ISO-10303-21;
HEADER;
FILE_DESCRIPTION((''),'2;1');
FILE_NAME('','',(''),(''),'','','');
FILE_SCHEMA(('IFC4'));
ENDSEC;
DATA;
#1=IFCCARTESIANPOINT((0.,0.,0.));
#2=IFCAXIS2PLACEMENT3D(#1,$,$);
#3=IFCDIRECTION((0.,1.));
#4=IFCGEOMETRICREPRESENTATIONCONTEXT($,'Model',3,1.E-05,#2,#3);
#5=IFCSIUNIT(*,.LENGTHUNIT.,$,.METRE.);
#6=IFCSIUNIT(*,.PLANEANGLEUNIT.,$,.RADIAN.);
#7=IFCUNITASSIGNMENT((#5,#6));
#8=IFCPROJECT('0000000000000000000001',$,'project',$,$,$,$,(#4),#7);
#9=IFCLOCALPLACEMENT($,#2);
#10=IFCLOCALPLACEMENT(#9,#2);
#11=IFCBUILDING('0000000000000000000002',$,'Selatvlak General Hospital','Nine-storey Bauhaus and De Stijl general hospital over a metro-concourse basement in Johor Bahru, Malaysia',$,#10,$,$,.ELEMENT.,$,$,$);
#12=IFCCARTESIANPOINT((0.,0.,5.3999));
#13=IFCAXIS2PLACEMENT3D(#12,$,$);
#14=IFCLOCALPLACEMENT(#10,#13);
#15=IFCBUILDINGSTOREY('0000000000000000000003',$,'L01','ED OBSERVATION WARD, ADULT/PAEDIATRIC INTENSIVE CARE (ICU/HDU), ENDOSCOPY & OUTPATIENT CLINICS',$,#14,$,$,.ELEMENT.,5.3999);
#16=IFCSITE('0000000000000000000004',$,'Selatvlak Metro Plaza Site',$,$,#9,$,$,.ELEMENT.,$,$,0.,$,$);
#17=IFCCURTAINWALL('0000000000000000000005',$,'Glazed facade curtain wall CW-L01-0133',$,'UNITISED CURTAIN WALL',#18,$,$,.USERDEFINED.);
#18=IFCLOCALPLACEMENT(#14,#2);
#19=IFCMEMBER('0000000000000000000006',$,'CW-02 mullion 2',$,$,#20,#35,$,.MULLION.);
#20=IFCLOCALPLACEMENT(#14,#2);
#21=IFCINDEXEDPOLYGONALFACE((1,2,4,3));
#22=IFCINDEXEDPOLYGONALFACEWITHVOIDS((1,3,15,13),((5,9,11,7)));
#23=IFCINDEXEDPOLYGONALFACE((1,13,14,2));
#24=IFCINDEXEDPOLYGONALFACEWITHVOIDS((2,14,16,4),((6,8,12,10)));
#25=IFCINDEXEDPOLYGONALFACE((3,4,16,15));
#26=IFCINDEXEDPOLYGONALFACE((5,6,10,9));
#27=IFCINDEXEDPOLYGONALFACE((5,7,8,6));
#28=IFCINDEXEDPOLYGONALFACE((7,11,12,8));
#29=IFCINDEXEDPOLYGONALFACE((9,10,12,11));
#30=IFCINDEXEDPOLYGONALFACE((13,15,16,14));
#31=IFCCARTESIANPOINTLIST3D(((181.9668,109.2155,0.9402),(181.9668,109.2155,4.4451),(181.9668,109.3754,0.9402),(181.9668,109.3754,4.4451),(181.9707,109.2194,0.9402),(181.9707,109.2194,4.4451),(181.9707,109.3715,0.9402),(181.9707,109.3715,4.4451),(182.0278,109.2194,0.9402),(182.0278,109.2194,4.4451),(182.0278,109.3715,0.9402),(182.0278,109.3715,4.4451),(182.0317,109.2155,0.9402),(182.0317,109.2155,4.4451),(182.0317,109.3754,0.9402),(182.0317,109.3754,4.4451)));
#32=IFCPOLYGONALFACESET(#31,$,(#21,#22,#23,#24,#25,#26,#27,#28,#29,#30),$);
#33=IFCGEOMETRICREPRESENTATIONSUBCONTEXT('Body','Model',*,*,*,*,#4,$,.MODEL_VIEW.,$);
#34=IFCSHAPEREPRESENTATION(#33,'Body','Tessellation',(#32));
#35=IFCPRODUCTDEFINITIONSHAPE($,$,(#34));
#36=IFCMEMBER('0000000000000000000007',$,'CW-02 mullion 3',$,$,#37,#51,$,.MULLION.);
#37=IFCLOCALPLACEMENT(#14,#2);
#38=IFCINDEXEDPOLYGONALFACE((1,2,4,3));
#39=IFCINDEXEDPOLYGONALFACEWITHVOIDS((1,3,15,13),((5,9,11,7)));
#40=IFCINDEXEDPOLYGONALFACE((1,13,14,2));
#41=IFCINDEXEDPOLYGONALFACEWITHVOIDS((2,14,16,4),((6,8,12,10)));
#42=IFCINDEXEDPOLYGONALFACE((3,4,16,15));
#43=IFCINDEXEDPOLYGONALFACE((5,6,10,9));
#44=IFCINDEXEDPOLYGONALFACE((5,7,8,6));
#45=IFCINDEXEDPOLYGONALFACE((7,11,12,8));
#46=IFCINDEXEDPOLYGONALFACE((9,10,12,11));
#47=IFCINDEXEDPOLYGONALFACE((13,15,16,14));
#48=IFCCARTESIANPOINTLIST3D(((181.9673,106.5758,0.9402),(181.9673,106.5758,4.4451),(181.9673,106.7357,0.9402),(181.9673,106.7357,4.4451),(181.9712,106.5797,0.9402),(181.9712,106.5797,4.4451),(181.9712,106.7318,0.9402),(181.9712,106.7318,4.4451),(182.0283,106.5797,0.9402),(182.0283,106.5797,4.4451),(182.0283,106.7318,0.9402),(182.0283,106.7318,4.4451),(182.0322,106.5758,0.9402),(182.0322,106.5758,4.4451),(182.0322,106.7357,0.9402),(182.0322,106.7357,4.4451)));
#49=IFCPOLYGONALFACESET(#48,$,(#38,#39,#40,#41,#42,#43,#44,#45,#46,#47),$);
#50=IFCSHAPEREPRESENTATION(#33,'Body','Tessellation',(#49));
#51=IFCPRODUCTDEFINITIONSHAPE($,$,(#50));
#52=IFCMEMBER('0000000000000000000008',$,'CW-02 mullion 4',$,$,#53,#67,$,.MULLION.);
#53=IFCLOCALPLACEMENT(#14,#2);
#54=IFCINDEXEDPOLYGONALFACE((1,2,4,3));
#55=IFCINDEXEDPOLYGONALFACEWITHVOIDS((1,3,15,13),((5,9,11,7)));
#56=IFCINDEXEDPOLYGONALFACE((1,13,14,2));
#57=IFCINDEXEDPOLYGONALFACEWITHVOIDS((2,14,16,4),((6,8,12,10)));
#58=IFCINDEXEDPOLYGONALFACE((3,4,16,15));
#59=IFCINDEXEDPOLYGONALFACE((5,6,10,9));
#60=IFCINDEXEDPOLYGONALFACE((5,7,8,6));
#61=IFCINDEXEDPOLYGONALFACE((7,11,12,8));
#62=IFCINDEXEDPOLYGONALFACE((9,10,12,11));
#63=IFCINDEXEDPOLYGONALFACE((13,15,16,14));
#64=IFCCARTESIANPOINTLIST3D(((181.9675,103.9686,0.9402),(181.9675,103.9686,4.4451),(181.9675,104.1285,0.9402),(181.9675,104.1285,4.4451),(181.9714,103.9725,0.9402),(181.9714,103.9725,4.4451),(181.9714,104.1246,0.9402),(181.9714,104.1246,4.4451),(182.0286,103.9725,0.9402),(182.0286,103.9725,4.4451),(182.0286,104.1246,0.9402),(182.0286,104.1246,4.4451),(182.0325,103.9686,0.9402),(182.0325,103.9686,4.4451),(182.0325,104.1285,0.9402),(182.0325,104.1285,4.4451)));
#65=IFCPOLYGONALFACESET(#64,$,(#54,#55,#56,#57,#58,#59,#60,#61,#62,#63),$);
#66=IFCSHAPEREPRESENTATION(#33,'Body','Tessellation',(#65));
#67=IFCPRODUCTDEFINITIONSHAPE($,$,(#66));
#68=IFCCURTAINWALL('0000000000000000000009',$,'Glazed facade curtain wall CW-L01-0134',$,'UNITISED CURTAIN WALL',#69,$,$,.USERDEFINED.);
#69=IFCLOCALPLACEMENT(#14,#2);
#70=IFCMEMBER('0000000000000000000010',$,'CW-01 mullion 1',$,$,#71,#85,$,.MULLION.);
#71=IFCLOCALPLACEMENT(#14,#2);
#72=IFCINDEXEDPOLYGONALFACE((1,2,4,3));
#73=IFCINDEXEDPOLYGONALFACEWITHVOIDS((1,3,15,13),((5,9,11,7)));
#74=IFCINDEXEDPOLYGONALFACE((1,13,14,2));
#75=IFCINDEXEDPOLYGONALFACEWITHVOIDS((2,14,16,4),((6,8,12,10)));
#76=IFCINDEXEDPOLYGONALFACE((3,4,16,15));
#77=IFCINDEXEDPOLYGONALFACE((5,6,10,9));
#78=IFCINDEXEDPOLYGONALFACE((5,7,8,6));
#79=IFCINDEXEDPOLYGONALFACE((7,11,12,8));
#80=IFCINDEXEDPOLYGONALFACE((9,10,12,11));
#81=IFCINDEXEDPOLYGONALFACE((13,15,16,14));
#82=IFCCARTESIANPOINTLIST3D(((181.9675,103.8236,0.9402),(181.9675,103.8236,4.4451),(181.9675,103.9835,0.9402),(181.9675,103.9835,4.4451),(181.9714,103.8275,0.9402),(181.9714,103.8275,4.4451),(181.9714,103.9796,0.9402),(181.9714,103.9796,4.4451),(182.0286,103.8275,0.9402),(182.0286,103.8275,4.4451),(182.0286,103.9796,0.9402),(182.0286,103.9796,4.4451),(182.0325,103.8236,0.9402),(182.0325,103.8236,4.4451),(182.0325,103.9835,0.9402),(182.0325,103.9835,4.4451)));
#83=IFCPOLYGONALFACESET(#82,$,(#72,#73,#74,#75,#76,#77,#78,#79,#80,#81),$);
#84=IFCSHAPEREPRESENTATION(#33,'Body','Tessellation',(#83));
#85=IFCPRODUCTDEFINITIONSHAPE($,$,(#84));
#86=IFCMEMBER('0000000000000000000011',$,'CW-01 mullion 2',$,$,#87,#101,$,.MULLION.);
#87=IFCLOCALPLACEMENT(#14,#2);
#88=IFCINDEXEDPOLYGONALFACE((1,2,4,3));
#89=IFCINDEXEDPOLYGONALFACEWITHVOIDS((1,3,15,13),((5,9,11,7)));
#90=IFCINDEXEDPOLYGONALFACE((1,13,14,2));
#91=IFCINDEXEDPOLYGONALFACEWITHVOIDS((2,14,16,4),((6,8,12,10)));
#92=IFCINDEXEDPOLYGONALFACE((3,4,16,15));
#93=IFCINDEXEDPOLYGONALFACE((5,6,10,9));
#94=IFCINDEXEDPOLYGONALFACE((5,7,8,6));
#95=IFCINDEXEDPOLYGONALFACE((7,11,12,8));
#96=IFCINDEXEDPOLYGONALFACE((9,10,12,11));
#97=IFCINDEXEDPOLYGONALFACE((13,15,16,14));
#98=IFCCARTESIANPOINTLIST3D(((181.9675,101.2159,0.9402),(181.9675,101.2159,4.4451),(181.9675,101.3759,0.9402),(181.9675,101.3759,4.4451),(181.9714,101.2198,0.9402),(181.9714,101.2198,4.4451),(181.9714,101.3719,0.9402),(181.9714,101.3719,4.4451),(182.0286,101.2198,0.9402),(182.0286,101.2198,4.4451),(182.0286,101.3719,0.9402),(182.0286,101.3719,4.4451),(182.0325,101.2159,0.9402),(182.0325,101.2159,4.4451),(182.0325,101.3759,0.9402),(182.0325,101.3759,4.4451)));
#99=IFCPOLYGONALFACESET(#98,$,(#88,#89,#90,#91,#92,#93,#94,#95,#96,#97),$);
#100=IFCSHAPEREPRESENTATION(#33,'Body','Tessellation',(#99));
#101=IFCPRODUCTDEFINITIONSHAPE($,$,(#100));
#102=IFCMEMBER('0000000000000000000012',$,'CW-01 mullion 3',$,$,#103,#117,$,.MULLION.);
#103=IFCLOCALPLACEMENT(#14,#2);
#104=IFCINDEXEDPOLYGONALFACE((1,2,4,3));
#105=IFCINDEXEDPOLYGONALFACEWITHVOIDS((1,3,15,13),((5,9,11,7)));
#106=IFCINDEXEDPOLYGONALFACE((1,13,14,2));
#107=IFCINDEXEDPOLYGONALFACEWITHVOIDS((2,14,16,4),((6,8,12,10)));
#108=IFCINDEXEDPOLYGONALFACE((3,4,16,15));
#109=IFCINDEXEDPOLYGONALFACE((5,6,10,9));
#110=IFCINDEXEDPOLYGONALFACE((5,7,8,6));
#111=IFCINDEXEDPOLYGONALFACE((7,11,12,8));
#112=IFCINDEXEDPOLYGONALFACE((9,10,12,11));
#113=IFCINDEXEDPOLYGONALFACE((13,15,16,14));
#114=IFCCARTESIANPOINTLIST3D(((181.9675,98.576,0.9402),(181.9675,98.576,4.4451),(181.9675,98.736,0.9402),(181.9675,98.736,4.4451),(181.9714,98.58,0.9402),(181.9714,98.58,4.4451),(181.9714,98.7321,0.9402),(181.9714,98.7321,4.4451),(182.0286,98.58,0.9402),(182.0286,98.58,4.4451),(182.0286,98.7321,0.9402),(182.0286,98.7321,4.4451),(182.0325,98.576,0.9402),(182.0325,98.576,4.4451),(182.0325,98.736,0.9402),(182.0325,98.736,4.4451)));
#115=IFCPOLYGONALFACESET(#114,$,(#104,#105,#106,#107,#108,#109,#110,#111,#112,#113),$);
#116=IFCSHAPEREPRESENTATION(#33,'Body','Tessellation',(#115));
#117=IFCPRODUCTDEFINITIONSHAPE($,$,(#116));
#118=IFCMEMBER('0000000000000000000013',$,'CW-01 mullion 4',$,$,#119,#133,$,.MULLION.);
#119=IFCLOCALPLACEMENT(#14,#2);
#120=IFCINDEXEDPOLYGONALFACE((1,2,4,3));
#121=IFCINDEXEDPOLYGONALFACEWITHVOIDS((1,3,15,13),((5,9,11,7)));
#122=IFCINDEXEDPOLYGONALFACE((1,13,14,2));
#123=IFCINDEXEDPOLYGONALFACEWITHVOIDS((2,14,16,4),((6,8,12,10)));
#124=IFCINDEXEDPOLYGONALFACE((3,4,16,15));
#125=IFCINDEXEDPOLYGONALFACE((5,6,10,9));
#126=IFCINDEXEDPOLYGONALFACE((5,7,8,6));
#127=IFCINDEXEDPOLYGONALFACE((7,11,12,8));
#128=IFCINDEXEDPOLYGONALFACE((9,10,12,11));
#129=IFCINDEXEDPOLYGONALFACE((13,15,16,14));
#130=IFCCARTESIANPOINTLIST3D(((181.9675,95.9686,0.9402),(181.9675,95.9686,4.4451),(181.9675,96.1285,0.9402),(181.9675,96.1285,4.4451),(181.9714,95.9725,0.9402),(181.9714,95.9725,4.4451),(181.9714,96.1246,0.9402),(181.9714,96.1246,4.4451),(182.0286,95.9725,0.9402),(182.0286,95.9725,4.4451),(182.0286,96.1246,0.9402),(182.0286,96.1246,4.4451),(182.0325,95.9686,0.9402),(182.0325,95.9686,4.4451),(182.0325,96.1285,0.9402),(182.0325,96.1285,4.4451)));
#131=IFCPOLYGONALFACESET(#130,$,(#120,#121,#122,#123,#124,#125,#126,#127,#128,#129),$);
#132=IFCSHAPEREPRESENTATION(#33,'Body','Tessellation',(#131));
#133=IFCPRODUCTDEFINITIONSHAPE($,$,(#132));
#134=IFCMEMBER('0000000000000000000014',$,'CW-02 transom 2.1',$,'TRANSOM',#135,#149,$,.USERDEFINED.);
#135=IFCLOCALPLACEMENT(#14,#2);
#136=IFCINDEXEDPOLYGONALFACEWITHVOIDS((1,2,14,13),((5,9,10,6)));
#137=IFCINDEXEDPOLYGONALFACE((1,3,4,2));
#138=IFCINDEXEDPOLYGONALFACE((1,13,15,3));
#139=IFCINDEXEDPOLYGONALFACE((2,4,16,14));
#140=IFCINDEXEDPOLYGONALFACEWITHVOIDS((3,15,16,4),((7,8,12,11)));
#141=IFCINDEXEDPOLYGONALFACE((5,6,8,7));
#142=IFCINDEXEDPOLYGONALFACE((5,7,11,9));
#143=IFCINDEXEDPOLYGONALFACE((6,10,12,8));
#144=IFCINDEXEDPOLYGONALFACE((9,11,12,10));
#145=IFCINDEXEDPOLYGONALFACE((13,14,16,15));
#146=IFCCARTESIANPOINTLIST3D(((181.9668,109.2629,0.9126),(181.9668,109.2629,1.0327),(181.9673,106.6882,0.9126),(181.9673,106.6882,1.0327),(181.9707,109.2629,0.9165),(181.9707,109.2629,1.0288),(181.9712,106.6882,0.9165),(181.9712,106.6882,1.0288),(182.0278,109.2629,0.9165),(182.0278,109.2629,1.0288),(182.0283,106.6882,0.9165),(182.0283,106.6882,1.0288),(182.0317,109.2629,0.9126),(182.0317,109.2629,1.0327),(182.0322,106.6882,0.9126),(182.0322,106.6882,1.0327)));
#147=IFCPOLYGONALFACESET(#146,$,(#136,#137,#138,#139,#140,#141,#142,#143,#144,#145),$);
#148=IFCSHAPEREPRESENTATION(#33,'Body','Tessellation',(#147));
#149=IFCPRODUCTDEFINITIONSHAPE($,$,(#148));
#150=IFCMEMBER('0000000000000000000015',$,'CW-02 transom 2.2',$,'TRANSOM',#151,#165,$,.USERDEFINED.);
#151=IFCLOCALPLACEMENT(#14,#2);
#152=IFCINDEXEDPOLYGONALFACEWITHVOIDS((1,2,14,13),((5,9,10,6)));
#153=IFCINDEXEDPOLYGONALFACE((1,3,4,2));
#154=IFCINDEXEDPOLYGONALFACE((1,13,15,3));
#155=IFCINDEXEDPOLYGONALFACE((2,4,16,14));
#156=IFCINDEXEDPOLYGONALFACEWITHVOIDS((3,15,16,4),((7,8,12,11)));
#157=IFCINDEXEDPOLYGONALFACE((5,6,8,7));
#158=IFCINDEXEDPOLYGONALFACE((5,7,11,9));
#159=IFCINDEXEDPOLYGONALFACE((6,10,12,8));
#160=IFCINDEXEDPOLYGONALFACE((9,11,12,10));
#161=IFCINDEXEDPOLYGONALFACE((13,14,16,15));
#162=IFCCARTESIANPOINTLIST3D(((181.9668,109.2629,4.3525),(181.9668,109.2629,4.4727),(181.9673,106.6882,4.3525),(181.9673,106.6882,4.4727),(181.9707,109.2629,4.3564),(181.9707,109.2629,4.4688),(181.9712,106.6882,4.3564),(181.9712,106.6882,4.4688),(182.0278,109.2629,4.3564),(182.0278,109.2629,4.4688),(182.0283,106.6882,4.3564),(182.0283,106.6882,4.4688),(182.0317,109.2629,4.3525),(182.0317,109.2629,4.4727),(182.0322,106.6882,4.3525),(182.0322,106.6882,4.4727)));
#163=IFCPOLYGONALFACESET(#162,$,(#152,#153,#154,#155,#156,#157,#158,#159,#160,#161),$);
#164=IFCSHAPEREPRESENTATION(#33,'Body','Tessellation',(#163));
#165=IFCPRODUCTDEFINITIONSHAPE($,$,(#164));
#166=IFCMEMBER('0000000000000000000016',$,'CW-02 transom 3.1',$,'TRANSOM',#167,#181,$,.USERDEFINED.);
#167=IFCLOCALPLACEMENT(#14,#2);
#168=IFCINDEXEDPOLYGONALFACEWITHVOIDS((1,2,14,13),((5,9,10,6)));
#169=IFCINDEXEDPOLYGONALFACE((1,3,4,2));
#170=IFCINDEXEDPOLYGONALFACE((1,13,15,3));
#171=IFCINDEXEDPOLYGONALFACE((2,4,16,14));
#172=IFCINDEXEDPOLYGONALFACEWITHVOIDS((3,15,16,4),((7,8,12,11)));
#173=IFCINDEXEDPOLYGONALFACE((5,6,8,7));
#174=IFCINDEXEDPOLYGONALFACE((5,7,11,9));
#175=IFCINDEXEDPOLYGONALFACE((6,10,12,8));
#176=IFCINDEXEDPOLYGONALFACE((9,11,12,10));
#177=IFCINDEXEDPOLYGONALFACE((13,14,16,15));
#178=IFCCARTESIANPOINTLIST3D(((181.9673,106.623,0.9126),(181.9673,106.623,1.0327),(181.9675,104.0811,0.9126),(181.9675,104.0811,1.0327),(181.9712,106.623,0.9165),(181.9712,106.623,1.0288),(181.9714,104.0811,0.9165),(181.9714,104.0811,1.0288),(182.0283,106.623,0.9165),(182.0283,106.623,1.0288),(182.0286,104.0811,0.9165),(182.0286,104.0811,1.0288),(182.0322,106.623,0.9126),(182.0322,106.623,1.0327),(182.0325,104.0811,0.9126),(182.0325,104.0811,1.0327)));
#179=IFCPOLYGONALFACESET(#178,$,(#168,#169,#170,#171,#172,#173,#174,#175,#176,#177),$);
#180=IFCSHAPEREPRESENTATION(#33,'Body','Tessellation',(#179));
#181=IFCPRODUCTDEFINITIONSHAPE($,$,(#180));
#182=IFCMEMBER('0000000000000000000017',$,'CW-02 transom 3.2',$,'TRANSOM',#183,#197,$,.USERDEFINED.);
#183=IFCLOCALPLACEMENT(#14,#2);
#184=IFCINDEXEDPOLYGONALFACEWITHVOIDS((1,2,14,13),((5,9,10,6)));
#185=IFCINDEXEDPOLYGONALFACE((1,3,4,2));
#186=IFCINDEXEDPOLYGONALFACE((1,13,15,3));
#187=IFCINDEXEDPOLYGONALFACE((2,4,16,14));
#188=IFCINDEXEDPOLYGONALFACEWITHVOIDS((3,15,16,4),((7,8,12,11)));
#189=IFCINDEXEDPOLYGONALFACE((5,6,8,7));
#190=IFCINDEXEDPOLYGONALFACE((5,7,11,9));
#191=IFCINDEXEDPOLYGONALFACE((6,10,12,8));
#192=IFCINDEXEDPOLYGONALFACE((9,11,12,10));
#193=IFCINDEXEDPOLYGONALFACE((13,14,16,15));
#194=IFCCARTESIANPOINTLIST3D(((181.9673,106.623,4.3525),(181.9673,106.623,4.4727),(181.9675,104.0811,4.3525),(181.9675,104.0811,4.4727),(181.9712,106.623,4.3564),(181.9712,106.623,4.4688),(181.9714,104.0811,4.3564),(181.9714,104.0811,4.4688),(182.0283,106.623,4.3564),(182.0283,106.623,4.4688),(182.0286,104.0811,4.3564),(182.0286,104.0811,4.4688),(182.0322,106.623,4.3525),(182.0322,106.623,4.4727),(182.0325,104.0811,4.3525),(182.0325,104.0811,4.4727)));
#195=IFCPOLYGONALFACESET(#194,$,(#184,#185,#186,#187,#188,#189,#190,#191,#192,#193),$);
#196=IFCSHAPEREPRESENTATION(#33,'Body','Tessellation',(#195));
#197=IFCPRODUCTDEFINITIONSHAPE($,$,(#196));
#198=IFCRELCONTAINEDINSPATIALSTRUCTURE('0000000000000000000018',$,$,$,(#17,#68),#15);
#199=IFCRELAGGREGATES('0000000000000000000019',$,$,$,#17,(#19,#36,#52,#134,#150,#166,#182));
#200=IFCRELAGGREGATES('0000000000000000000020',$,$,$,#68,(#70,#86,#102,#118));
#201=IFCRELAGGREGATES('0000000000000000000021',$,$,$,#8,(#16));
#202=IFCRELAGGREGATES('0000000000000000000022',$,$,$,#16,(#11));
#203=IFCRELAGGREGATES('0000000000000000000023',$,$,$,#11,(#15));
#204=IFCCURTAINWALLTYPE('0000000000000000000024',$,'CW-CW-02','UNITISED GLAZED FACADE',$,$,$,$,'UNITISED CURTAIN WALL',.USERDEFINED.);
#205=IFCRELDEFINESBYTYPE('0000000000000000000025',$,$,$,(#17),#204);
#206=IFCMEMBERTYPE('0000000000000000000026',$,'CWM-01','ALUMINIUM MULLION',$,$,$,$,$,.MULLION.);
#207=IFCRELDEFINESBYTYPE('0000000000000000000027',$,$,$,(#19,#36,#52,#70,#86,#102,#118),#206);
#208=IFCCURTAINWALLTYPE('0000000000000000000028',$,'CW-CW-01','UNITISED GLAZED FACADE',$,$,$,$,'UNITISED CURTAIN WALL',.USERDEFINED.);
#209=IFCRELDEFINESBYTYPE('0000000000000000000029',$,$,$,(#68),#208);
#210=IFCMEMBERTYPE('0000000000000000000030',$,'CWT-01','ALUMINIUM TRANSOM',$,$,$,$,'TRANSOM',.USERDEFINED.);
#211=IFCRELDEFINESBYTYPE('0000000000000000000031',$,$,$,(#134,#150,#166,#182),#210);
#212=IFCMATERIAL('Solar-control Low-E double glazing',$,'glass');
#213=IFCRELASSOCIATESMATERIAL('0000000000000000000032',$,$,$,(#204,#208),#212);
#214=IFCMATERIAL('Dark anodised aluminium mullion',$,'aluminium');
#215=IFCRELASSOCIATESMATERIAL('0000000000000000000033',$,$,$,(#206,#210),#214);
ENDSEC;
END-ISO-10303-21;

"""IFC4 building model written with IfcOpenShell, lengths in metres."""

from ifc_helpers import new_model, si_unit, direction, frame, origin, origin_2d, place, context, subcontext, project, spatial, hollow_rectangle, extrude, material, material_profile, profile_set, type_object, element, aggregate, save


model = new_model("IFC4")

# Units and contexts
model_context = context("Model", 3, precision=1e-05, world=origin(), true_north=direction((0.0, 1.0)))
body_context = subcontext(model_context, "Body", "Model", "MODEL_VIEW")
ifc_project = project(units=[si_unit("LENGTHUNIT", "METRE"), si_unit("PLANEANGLEUNIT", "RADIAN")], contexts=[model_context])

# Site, building, storey
site_placement = place(None, origin())
site = spatial("IfcSite", under=ifc_project, at=site_placement, Name="Selatvlak Metro Plaza Site", CompositionType="ELEMENT", RefElevation=0.0)
building_placement = place(site_placement, origin())
building = spatial("IfcBuilding", under=site, at=building_placement, Name="Selatvlak General Hospital", Description="Nine-storey Bauhaus and De Stijl general hospital over a metro-concourse basement in Johor Bahru, Malaysia", CompositionType="ELEMENT")
storey_placement = place(building_placement, frame((0.0, 0.0, 5.3999)))
storey = spatial("IfcBuildingStorey", under=building, at=storey_placement, Name="L01", Description="ED OBSERVATION WARD, ADULT/PAEDIATRIC INTENSIVE CARE (ICU/HDU), ENDOSCOPY & OUTPATIENT CLINICS", CompositionType="ELEMENT", Elevation=5.3999)

# Curtain walls, members
ifc_material_1 = material(Name="Solar-control Low-E double glazing", Category="glass")
curtain_wall_type_1 = type_object("IfcCurtainWallType", Name="CW-CW-02", Description="UNITISED GLAZED FACADE", ElementType="UNITISED CURTAIN WALL", PredefinedType="USERDEFINED", material=ifc_material_1)
curtain_wall_1_placement = place(storey_placement, origin())
curtain_wall_1 = element("IfcCurtainWall", 1, at=curtain_wall_1_placement, inside=storey, type_object=curtain_wall_type_1, Name="Glazed facade curtain wall CW-L01-0133", ObjectType="UNITISED CURTAIN WALL", PredefinedType="USERDEFINED")
ifc_material_2 = material(Name="Dark anodised aluminium mullion", Category="aluminium")
ifc_material_profile_1 = material_profile(ifc_material_2, hollow_rectangle(XDim=0.0649, YDim=0.1599, WallThickness=0.0039, at=origin_2d()), Name="AL-MUL 65x160x4")
ifc_profile_set_1 = profile_set([ifc_material_profile_1], Name="Dark anodised aluminium mullion")
member_type_1 = type_object("IfcMemberType", Name="CWM-01", Description="ALUMINIUM MULLION", PredefinedType="MULLION", material=ifc_profile_set_1)
member_1_placement = place(storey_placement, frame((181.9993, 109.2954, 0.9402), z_axis=(0.0, 0.0, 1.0), x_axis=(1.0, 0.000126, 0.0)))
member_1 = element("IfcMember", 2, at=member_1_placement, type_object=member_type_1, Name="CW-02 mullion 2", PredefinedType="MULLION", context=body_context, shape_type="SweptSolid", body=[
    extrude(hollow_rectangle(XDim=0.0649, YDim=0.1599, WallThickness=0.0039, at=origin_2d()), origin(), (0.0, 0.0, 1.0), 3.5049),
])
member_2_placement = place(storey_placement, frame((181.9998, 106.6558, 0.9402), z_axis=(0.0, 0.0, 1.0), x_axis=(1.0, 0.000126, 0.0)))
member_2 = element("IfcMember", 3, at=member_2_placement, type_object=member_type_1, Name="CW-02 mullion 3", PredefinedType="MULLION", context=body_context, shape_type="SweptSolid", body=[
    extrude(hollow_rectangle(XDim=0.0649, YDim=0.1599, WallThickness=0.0039, at=origin_2d()), origin(), (0.0, 0.0, 1.0), 3.5049),
])
member_3_placement = place(storey_placement, frame((182.0, 104.0486, 0.9402), z_axis=(0.0, 0.0, 1.0), x_axis=(1.0, 0.000126, 0.0)))
member_3 = element("IfcMember", 4, at=member_3_placement, type_object=member_type_1, Name="CW-02 mullion 4", PredefinedType="MULLION", context=body_context, shape_type="SweptSolid", body=[
    extrude(hollow_rectangle(XDim=0.0649, YDim=0.1599, WallThickness=0.0039, at=origin_2d()), origin(), (0.0, 0.0, 1.0), 3.5049),
])
curtain_wall_type_2 = type_object("IfcCurtainWallType", Name="CW-CW-01", Description="UNITISED GLAZED FACADE", ElementType="UNITISED CURTAIN WALL", PredefinedType="USERDEFINED", material=ifc_material_1)
curtain_wall_2_placement = place(storey_placement, origin())
curtain_wall_2 = element("IfcCurtainWall", 5, at=curtain_wall_2_placement, inside=storey, type_object=curtain_wall_type_2, Name="Glazed facade curtain wall CW-L01-0134", ObjectType="UNITISED CURTAIN WALL", PredefinedType="USERDEFINED")
member_4_placement = place(storey_placement, frame((182.0, 103.9036, 0.9402), z_axis=(0.0, 0.0, 1.0), x_axis=(1.0, 0.0, 0.0)))
member_4 = element("IfcMember", 6, at=member_4_placement, type_object=member_type_1, Name="CW-01 mullion 1", PredefinedType="MULLION", context=body_context, shape_type="SweptSolid", body=[
    extrude(hollow_rectangle(XDim=0.0649, YDim=0.1599, WallThickness=0.0039, at=origin_2d()), origin(), (0.0, 0.0, 1.0), 3.5049),
])
member_5_placement = place(storey_placement, frame((182.0, 101.2959, 0.9402), z_axis=(0.0, 0.0, 1.0), x_axis=(1.0, 0.0, 0.0)))
member_5 = element("IfcMember", 7, at=member_5_placement, type_object=member_type_1, Name="CW-01 mullion 2", PredefinedType="MULLION", context=body_context, shape_type="SweptSolid", body=[
    extrude(hollow_rectangle(XDim=0.0649, YDim=0.1599, WallThickness=0.0039, at=origin_2d()), origin(), (0.0, 0.0, 1.0), 3.5049),
])
member_6_placement = place(storey_placement, frame((182.0, 98.656, 0.9402), z_axis=(0.0, 0.0, 1.0), x_axis=(1.0, 0.0, 0.0)))
member_6 = element("IfcMember", 8, at=member_6_placement, type_object=member_type_1, Name="CW-01 mullion 3", PredefinedType="MULLION", context=body_context, shape_type="SweptSolid", body=[
    extrude(hollow_rectangle(XDim=0.0649, YDim=0.1599, WallThickness=0.0039, at=origin_2d()), origin(), (0.0, 0.0, 1.0), 3.5049),
])
member_7_placement = place(storey_placement, frame((182.0, 96.0486, 0.9402), z_axis=(0.0, 0.0, 1.0), x_axis=(1.0, 0.0, 0.0)))
member_7 = element("IfcMember", 9, at=member_7_placement, type_object=member_type_1, Name="CW-01 mullion 4", PredefinedType="MULLION", context=body_context, shape_type="SweptSolid", body=[
    extrude(hollow_rectangle(XDim=0.0649, YDim=0.1599, WallThickness=0.0039, at=origin_2d()), origin(), (0.0, 0.0, 1.0), 3.5049),
])

# Members
ifc_material_profile_2 = material_profile(ifc_material_2, hollow_rectangle(XDim=0.0649, YDim=0.1201, WallThickness=0.0039, at=origin_2d()), Name="AL-TRN 65x120x4")
ifc_profile_set_2 = profile_set([ifc_material_profile_2], Name="Dark anodised aluminium mullion")
member_type_2 = type_object("IfcMemberType", Name="CWT-01", Description="ALUMINIUM TRANSOM", ElementType="TRANSOM", PredefinedType="USERDEFINED", material=ifc_profile_set_2)
member_8_placement = place(storey_placement, frame((181.9993, 109.2629, 0.9727), z_axis=(0.00019, -1.0, 0.0), x_axis=(1.0, 0.00019, 0.0)))
member_8 = element("IfcMember", 10, at=member_8_placement, type_object=member_type_2, Name="CW-02 transom 2.1", ObjectType="TRANSOM", PredefinedType="USERDEFINED", context=body_context, shape_type="SweptSolid", body=[
    extrude(hollow_rectangle(XDim=0.0649, YDim=0.1201, WallThickness=0.0039, at=origin_2d()), origin(), (0.0, 0.0, 1.0), 2.5747),
])
member_9_placement = place(storey_placement, frame((181.9993, 109.2629, 4.4126), z_axis=(0.00019, -1.0, 0.0), x_axis=(1.0, 0.00019, 0.0)))
member_9 = element("IfcMember", 11, at=member_9_placement, type_object=member_type_2, Name="CW-02 transom 2.2", ObjectType="TRANSOM", PredefinedType="USERDEFINED", context=body_context, shape_type="SweptSolid", body=[
    extrude(hollow_rectangle(XDim=0.0649, YDim=0.1201, WallThickness=0.0039, at=origin_2d()), origin(), (0.0, 0.0, 1.0), 2.5747),
])
member_10_placement = place(storey_placement, frame((181.9998, 106.623, 0.9727), z_axis=(0.000096, -1.0, 0.0), x_axis=(1.0, 0.000096, 0.0)))
member_10 = element("IfcMember", 12, at=member_10_placement, type_object=member_type_2, Name="CW-02 transom 3.1", ObjectType="TRANSOM", PredefinedType="USERDEFINED", context=body_context, shape_type="SweptSolid", body=[
    extrude(hollow_rectangle(XDim=0.0649, YDim=0.1201, WallThickness=0.0039, at=origin_2d()), origin(), (0.0, 0.0, 1.0), 2.542),
])
member_11_placement = place(storey_placement, frame((181.9998, 106.623, 4.4126), z_axis=(0.000096, -1.0, 0.0), x_axis=(1.0, 0.000096, 0.0)))
member_11 = element("IfcMember", 13, at=member_11_placement, type_object=member_type_2, Name="CW-02 transom 3.2", ObjectType="TRANSOM", PredefinedType="USERDEFINED", context=body_context, shape_type="SweptSolid", body=[
    extrude(hollow_rectangle(XDim=0.0649, YDim=0.1201, WallThickness=0.0039, at=origin_2d()), origin(), (0.0, 0.0, 1.0), 2.542),
])

aggregate(curtain_wall_1, [member_1, member_2, member_3, member_8, member_9, member_10, member_11])
aggregate(curtain_wall_2, [member_4, member_5, member_6, member_7])

save(model, "model.ifc")
